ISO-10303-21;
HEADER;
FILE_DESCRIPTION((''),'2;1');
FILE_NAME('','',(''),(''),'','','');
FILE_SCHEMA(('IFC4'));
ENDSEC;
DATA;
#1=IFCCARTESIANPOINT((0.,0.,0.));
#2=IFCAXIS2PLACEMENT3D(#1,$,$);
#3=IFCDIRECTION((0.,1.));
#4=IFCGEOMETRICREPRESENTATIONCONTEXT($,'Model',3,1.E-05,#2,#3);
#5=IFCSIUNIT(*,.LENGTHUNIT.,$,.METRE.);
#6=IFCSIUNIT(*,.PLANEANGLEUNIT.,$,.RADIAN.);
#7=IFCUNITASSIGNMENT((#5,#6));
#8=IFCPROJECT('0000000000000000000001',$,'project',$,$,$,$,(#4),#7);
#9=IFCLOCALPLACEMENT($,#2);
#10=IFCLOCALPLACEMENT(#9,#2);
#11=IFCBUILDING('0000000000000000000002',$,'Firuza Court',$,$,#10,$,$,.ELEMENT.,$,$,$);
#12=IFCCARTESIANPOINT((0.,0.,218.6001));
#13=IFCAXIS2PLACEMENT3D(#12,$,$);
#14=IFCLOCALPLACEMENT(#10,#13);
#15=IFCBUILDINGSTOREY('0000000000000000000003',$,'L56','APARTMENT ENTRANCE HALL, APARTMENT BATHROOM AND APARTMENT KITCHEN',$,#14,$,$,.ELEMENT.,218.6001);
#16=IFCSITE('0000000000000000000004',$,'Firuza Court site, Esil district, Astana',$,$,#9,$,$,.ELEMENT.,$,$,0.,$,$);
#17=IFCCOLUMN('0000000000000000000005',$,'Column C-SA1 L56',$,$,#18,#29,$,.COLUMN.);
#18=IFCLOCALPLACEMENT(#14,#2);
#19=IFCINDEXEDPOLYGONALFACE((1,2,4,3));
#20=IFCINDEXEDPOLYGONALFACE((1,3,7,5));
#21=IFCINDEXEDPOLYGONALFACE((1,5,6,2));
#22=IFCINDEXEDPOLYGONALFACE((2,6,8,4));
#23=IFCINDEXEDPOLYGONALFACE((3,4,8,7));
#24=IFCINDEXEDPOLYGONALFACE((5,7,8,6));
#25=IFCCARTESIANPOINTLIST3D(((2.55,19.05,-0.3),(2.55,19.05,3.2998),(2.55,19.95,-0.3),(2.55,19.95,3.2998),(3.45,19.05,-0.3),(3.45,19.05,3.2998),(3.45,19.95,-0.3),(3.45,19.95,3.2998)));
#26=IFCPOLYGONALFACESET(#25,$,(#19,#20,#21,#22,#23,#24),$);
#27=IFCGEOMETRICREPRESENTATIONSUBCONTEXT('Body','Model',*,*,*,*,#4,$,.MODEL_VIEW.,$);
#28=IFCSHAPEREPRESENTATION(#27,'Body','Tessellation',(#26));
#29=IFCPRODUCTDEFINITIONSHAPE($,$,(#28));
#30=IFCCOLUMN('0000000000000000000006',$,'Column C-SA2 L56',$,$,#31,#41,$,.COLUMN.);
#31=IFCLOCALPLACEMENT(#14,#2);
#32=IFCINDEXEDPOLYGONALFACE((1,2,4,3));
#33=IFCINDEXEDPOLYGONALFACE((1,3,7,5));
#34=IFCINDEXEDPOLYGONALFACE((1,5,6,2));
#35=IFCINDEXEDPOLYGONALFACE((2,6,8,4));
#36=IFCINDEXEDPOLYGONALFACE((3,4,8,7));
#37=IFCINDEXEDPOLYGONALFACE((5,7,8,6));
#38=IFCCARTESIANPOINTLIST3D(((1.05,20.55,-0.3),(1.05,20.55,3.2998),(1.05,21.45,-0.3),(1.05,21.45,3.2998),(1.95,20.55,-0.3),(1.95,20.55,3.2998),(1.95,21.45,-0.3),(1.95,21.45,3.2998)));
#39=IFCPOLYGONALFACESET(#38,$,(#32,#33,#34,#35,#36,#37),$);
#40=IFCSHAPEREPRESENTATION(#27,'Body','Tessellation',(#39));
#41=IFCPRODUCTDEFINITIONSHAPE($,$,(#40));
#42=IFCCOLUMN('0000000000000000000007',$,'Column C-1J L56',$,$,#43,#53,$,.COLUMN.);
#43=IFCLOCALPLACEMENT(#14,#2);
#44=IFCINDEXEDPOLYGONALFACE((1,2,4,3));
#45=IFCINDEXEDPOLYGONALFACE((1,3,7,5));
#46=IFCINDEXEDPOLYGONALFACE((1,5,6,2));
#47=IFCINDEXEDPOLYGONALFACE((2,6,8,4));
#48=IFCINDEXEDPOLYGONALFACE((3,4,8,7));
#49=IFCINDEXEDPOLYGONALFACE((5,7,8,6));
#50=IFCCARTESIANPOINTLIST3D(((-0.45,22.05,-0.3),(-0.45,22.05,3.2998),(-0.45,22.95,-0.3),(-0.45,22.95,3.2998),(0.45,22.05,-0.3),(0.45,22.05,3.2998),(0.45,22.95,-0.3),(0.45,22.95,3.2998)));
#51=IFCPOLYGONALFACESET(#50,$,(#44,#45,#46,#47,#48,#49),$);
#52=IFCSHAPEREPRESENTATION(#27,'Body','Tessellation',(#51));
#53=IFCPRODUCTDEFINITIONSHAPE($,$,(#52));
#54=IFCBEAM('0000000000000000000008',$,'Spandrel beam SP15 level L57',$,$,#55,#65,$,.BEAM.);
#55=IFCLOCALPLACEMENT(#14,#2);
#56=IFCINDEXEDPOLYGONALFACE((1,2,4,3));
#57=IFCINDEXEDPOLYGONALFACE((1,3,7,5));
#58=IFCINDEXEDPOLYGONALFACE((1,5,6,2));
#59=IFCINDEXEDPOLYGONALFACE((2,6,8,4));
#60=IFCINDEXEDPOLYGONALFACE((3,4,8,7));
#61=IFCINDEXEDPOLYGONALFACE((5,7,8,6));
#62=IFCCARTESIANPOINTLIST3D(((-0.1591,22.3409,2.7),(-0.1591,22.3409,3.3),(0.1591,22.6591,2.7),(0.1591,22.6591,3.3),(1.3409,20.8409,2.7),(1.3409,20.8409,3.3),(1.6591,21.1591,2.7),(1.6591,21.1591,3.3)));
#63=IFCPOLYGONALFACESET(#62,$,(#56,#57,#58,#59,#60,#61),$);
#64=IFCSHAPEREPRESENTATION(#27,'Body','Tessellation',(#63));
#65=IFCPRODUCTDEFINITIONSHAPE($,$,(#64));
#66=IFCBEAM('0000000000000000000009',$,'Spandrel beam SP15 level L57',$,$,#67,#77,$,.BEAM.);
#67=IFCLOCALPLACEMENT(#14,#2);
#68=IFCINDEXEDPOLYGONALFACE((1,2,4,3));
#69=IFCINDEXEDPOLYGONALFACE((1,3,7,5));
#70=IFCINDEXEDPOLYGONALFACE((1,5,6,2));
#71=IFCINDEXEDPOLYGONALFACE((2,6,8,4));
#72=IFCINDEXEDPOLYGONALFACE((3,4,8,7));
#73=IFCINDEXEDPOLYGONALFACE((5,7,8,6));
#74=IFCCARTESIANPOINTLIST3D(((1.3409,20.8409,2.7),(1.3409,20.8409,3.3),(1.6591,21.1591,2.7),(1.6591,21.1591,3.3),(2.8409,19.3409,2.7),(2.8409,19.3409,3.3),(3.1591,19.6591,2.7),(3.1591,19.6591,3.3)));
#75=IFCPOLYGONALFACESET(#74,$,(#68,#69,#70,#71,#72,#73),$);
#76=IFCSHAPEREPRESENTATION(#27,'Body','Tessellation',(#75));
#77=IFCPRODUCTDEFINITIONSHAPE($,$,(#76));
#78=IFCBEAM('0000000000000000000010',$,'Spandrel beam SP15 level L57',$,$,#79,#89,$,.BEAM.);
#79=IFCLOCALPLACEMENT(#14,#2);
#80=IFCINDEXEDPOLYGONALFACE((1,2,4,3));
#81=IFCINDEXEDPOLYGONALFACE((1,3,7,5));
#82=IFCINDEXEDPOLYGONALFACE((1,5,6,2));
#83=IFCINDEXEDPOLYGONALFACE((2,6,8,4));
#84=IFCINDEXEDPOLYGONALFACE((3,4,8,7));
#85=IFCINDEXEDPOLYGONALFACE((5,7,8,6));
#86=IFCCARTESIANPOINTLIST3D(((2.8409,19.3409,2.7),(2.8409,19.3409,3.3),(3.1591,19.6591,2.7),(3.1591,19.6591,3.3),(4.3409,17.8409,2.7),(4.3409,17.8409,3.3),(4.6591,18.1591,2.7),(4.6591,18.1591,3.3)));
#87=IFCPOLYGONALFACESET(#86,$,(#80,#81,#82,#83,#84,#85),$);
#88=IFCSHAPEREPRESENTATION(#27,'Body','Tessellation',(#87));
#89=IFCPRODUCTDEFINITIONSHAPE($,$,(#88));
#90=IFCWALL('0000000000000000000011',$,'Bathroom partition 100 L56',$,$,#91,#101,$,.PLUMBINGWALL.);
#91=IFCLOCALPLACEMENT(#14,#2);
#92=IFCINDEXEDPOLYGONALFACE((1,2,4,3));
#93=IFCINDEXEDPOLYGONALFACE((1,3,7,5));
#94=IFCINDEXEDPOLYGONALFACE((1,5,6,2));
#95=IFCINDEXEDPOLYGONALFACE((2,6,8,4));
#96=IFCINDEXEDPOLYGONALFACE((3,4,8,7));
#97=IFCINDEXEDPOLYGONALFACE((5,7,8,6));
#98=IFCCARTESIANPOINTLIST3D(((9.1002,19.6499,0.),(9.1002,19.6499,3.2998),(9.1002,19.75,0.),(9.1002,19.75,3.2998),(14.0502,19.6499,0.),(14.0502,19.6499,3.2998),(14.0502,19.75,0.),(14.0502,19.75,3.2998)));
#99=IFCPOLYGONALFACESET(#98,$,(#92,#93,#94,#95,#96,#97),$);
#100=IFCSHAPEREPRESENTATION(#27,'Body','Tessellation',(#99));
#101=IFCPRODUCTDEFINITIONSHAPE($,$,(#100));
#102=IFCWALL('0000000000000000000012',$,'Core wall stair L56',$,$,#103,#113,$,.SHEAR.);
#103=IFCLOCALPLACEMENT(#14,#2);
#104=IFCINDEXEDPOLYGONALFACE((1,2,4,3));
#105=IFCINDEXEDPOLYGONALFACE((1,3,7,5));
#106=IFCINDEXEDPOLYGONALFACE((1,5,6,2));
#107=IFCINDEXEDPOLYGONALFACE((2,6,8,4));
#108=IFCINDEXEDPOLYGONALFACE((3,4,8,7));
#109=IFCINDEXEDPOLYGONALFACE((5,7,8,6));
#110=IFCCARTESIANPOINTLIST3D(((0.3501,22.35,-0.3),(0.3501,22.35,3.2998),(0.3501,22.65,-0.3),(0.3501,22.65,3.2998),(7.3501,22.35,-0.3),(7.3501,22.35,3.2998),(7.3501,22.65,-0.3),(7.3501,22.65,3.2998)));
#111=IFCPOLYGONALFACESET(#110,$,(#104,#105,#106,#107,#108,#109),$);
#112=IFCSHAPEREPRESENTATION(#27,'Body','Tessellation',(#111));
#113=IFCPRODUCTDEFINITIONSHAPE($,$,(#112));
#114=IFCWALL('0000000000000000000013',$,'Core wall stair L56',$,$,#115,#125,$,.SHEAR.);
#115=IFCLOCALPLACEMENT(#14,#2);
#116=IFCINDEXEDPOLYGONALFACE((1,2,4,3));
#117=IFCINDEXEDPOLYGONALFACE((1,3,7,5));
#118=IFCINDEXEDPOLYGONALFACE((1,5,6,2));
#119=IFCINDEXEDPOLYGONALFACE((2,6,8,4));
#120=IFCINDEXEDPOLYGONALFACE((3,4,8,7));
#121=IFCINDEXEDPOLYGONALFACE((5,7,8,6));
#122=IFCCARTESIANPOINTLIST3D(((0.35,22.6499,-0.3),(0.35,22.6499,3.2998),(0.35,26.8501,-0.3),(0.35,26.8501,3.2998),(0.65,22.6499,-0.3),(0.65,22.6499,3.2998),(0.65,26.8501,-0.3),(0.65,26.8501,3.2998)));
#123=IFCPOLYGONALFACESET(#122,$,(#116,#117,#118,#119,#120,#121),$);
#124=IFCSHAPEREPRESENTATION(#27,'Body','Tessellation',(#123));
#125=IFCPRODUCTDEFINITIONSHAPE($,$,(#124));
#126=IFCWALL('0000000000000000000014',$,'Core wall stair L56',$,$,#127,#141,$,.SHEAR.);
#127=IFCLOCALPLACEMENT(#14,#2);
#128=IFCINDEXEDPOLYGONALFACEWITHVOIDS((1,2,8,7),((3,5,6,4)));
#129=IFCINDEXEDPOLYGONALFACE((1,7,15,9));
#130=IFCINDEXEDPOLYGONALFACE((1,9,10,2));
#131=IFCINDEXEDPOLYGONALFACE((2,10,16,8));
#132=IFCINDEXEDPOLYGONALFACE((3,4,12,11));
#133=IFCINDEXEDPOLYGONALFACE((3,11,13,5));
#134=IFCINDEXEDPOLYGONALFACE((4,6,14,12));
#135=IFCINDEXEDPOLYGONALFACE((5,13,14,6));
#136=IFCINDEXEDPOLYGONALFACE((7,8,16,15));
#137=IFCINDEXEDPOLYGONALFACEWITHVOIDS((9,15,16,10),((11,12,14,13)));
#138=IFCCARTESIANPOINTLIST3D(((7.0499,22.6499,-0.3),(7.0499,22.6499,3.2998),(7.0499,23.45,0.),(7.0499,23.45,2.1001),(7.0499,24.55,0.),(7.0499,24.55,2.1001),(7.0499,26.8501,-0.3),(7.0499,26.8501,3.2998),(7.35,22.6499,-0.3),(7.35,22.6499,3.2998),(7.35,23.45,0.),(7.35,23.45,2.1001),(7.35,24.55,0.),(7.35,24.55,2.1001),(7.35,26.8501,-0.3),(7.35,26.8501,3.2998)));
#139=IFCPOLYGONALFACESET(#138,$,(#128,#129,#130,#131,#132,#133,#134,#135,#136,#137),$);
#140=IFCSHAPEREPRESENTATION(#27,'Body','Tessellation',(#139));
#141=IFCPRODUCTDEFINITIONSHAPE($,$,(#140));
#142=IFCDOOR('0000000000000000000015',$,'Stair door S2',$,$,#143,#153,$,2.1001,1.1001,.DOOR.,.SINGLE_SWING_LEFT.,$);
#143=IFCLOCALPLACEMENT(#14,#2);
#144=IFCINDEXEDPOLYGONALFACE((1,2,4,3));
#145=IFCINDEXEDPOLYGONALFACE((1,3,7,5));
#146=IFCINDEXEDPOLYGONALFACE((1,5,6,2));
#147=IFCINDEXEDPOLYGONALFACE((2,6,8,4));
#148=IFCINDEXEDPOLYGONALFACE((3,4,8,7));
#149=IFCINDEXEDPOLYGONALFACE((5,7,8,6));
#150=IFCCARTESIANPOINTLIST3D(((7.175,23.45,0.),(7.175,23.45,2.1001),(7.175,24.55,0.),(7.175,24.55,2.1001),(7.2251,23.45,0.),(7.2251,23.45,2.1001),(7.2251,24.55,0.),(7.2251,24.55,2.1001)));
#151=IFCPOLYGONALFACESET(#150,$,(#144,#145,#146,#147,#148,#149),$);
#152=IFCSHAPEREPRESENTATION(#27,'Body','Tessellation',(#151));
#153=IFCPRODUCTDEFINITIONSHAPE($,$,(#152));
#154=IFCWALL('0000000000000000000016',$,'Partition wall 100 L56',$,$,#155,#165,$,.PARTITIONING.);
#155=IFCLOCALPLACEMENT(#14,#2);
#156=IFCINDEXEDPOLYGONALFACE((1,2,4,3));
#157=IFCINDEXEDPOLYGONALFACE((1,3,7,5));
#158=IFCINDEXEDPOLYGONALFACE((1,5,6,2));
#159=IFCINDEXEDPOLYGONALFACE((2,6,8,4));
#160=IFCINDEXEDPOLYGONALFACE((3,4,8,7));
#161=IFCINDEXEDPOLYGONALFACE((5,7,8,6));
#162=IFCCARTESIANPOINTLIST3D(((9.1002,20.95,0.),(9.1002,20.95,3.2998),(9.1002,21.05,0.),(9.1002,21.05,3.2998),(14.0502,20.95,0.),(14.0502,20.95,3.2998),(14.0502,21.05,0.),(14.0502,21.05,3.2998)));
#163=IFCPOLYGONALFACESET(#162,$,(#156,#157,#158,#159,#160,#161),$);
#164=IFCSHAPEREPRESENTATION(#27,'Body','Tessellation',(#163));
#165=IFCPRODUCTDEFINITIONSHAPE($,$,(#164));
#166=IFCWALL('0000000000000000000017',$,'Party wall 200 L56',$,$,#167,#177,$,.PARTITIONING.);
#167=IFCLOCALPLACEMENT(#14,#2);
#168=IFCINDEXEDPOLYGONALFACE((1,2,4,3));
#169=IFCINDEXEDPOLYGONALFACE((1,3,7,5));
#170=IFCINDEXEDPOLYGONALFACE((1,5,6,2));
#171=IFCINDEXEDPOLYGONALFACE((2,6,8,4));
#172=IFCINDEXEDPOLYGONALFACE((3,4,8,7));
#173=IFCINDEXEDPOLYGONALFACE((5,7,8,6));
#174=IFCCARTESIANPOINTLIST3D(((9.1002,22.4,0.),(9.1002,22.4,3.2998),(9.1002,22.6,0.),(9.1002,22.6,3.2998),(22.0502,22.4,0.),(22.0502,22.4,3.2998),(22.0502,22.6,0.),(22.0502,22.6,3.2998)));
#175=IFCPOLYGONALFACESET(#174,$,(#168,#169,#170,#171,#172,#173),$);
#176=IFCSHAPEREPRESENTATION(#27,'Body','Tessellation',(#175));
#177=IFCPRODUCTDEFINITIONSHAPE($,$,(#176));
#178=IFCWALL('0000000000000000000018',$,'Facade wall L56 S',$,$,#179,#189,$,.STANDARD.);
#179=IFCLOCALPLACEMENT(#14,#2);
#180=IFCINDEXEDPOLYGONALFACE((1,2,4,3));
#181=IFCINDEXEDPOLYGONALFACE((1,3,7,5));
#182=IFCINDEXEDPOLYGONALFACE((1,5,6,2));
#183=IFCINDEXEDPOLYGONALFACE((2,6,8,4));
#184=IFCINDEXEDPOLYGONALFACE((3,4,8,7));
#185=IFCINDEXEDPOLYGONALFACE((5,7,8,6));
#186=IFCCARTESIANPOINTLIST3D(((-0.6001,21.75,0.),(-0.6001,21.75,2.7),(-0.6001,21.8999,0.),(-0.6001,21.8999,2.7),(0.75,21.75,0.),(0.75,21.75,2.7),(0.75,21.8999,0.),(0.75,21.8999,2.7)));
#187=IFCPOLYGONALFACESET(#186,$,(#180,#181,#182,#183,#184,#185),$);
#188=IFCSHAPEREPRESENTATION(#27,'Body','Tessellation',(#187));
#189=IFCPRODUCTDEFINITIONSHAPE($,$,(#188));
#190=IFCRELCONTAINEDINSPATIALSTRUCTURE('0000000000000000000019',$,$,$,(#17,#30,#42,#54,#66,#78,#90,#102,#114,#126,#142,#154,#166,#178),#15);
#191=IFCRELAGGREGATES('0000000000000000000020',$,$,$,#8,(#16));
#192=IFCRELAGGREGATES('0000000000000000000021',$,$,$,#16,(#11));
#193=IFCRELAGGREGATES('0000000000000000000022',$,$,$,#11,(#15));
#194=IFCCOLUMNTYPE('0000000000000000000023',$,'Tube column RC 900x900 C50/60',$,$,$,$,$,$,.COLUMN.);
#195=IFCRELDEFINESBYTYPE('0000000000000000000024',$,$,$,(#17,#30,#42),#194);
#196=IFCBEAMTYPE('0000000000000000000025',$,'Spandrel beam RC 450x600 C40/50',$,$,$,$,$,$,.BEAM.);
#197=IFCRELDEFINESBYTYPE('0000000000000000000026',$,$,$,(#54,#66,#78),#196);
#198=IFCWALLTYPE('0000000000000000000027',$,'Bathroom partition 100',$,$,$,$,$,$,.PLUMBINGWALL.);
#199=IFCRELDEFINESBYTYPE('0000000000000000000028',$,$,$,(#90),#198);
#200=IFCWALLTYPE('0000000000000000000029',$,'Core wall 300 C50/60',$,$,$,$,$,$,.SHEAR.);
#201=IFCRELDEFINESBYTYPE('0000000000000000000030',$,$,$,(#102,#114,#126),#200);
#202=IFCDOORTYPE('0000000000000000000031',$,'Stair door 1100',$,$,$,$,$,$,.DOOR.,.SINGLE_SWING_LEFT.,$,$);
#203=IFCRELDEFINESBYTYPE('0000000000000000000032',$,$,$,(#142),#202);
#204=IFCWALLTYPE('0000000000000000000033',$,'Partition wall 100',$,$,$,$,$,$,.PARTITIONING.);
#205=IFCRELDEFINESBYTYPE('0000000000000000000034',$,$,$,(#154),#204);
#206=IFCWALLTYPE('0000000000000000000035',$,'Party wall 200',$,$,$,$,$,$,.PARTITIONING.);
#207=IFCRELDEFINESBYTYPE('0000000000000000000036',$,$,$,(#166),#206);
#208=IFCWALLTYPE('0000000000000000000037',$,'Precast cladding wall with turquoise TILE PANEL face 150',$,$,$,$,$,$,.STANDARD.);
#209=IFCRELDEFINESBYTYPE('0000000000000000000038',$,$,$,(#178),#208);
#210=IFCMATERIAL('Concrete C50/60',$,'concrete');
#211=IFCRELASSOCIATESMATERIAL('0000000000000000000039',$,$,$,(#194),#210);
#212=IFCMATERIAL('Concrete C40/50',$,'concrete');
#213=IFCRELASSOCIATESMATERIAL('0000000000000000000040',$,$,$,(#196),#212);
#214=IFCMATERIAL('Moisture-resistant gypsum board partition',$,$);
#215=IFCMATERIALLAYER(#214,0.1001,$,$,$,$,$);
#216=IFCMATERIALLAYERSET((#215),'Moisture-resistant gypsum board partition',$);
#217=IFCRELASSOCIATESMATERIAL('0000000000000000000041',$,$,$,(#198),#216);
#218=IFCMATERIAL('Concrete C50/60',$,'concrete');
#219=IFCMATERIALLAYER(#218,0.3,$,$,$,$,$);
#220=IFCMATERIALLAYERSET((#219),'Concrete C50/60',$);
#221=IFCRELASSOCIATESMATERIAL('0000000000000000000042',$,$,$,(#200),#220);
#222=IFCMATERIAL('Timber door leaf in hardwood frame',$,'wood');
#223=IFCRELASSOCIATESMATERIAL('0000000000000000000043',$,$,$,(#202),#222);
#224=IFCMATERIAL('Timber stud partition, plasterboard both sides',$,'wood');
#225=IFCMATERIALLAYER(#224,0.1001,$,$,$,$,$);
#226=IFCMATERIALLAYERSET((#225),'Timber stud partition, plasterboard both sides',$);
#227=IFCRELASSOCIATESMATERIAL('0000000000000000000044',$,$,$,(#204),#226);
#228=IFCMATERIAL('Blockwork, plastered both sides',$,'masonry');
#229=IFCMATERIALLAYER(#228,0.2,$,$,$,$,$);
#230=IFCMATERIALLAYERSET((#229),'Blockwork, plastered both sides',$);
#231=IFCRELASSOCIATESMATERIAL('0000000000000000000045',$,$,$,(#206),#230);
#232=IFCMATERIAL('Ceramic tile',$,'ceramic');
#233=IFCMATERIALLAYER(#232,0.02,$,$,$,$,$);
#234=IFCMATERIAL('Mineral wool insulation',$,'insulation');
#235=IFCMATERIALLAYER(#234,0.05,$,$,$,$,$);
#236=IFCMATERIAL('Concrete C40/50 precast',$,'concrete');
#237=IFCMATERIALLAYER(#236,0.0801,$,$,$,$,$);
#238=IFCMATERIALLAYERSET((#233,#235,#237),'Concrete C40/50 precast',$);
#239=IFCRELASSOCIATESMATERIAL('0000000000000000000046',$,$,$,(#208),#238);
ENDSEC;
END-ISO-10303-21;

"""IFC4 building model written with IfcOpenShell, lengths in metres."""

from ifc_helpers import new_model, si_unit, direction, frame, frame_2d, origin, origin_2d, place, context, subcontext, project, spatial, rectangle, extrude, material, layer, layer_set, material_profile, profile_set, type_object, element, fill, save


model = new_model("IFC4")

# Units and contexts
model_context = context("Model", 3, precision=1e-05, world=origin(), true_north=direction((0.0, 1.0)))
body_context = subcontext(model_context, "Body", "Model", "MODEL_VIEW")
ifc_project = project(units=[si_unit("LENGTHUNIT", "METRE"), si_unit("PLANEANGLEUNIT", "RADIAN")], contexts=[model_context])

# Site, building, storey
site_placement = place(None, origin())
site = spatial("IfcSite", under=ifc_project, at=site_placement, Name="Firuza Court site, Esil district, Astana", CompositionType="ELEMENT", RefElevation=0.0)
building_placement = place(site_placement, origin())
building = spatial("IfcBuilding", under=site, at=building_placement, Name="Firuza Court", CompositionType="ELEMENT")
storey_placement = place(building_placement, frame((0.0, 0.0, 218.6001)))
storey = spatial("IfcBuildingStorey", under=building, at=storey_placement, Name="L56", Description="APARTMENT ENTRANCE HALL, APARTMENT BATHROOM AND APARTMENT KITCHEN", CompositionType="ELEMENT", Elevation=218.6001)

# Columns
ifc_material_1 = material(Name="Concrete C50/60", Category="concrete")
ifc_material_profile_1 = material_profile(ifc_material_1, rectangle(XDim=0.8999, YDim=0.8999, at=origin_2d()), Name="RC 900x900")
ifc_profile_set_1 = profile_set([ifc_material_profile_1], Name="Concrete C50/60")
column_type = type_object("IfcColumnType", Name="Tube column RC 900x900 C50/60", PredefinedType="COLUMN", material=ifc_profile_set_1)
for number, where, z_axis, x_axis, name in (
    (1, (3.0, 19.5, -0.3), (0.0, 0.0, 1.0), (1.0, 0.0, 0.0), "Column C-SA1 L56"),
    (2, (1.5, 21.0, -0.3), (0.0, 0.0, 1.0), (1.0, 0.0, 0.0), "Column C-SA2 L56"),
    (3, (0.0, 22.5, -0.3), (0.0, 0.0, 1.0), (1.0, 0.0, 0.0), "Column C-1J L56"),
):
    element("IfcColumn", number, at=place(storey_placement, frame(where, z_axis=z_axis, x_axis=x_axis)), inside=storey, type_object=column_type, Name=name, PredefinedType="COLUMN", context=body_context, shape_type="SweptSolid", body=[
        extrude(rectangle(XDim=0.8999, YDim=0.8999, at=origin_2d()), origin(), (0.0, 0.0, 1.0), 3.5999),
    ])

# Beams
ifc_material_2 = material(Name="Concrete C40/50", Category="concrete")
ifc_material_profile_2 = material_profile(ifc_material_2, rectangle(XDim=0.45, YDim=0.6001, at=origin_2d()), Name="RC 450x600")
ifc_profile_set_2 = profile_set([ifc_material_profile_2], Name="Concrete C40/50")
beam_type = type_object("IfcBeamType", Name="Spandrel beam RC 450x600 C40/50", PredefinedType="BEAM", material=ifc_profile_set_2)
for number, where, z_axis, x_axis, name in (
    (4, (0.0, 22.5, 3.0), (0.707107, -0.707107, 0.0), (0.707107, 0.707107, 0.0), "Spandrel beam SP15 level L57"),
    (5, (1.5, 21.0, 3.0), (0.707107, -0.707107, 0.0), (0.707107, 0.707107, 0.0), "Spandrel beam SP15 level L57"),
    (6, (3.0, 19.5, 3.0), (0.707107, -0.707107, 0.0), (0.707107, 0.707107, 0.0), "Spandrel beam SP15 level L57"),
):
    element("IfcBeam", number, at=place(storey_placement, frame(where, z_axis=z_axis, x_axis=x_axis)), inside=storey, type_object=beam_type, Name=name, PredefinedType="BEAM", context=body_context, shape_type="SweptSolid", body=[
        extrude(rectangle(XDim=0.45, YDim=0.6001, at=origin_2d()), origin(), (0.0, 0.0, 1.0), 2.1213),
    ])

# Walls
ifc_material_3 = material(Name="Moisture-resistant gypsum board partition")
ifc_layer_1 = layer(ifc_material_3, 0.1001)
ifc_layer_set_1 = layer_set([ifc_layer_1], Name="Moisture-resistant gypsum board partition")
wall_type_1 = type_object("IfcWallType", Name="Bathroom partition 100", PredefinedType="PLUMBINGWALL", material=ifc_layer_set_1)
wall_1_placement = place(storey_placement, frame((9.1001, 19.7, 0.0), z_axis=(0.0, 0.0, 1.0), x_axis=(1.0, 0.0, 0.0)))
element("IfcWall", 7, at=wall_1_placement, inside=storey, type_object=wall_type_1, Name="Bathroom partition 100 L56", PredefinedType="PLUMBINGWALL", context=body_context, shape_type="SweptSolid", body=[
    extrude(rectangle(XDim=4.95, YDim=0.1001, at=frame_2d((2.4751, 0.0))), origin(), (0.0, 0.0, 1.0), 3.2998),
])
ifc_material_4 = material(Name="Concrete C50/60", Category="concrete")
ifc_layer_2 = layer(ifc_material_4, 0.3)
ifc_layer_set_2 = layer_set([ifc_layer_2], Name="Concrete C50/60")
wall_type_2 = type_object("IfcWallType", Name="Core wall 300 C50/60", PredefinedType="SHEAR", material=ifc_layer_set_2)
wall_2_placement = place(storey_placement, frame((0.3501, 22.5, -0.3), z_axis=(0.0, 0.0, 1.0), x_axis=(1.0, 0.0, 0.0)))
element("IfcWall", 8, at=wall_2_placement, inside=storey, type_object=wall_type_2, Name="Core wall stair L56", PredefinedType="SHEAR", context=body_context, shape_type="SweptSolid", body=[
    extrude(rectangle(XDim=7.0, YDim=0.3, at=frame_2d((3.5, 0.0))), origin(), (0.0, 0.0, 1.0), 3.5999),
])
wall_3_placement = place(storey_placement, frame((0.5, 22.6499, -0.3), z_axis=(0.0, 0.0, 1.0), x_axis=(0.0, 1.0, 0.0)))
element("IfcWall", 9, at=wall_3_placement, inside=storey, type_object=wall_type_2, Name="Core wall stair L56", PredefinedType="SHEAR", context=body_context, shape_type="SweptSolid", body=[
    extrude(rectangle(XDim=4.2002, YDim=0.3, at=frame_2d((2.1001, 0.0))), origin(), (0.0, 0.0, 1.0), 3.5999),
])

# Wall, opening, door
wall_4_placement = place(storey_placement, frame((7.2, 22.6499, -0.3), z_axis=(0.0, 0.0, 1.0), x_axis=(0.0, 1.0, 0.0)))
wall_4 = element("IfcWall", 10, at=wall_4_placement, inside=storey, type_object=wall_type_2, Name="Core wall stair L56", PredefinedType="SHEAR", context=body_context, shape_type="SweptSolid", body=[
    extrude(rectangle(XDim=4.2002, YDim=0.3, at=frame_2d((2.1001, 0.0))), origin(), (0.0, 0.0, 1.0), 3.5999),
])
opening_placement = place(wall_4_placement, frame((0.8, 0.0, 0.3)))
opening = element("IfcOpeningElement", 11, at=opening_placement, cuts=wall_4, PredefinedType="OPENING", context=body_context, shape_type="SweptSolid", body=[
    extrude(rectangle(XDim=1.1001, YDim=2.1001, at=frame_2d((0.55, 1.05))), frame((0.0, 0.1621, 0.0), z_axis=(0.0, -1.0, 0.0), x_axis=(1.0, 0.0, 0.0)), (0.0, 0.0, 1.0), 0.324),
])
ifc_material_5 = material(Name="Timber door leaf in hardwood frame", Category="wood")
door_type = type_object("IfcDoorType", Name="Stair door 1100", OperationType="SINGLE_SWING_LEFT", PredefinedType="DOOR", material=ifc_material_5)
door_placement = place(opening_placement, origin())
door = element("IfcDoor", 12, at=door_placement, inside=storey, type_object=door_type, Name="Stair door S2", OperationType="SINGLE_SWING_LEFT", OverallHeight=2.1001, OverallWidth=1.1001, PredefinedType="DOOR", context=body_context, shape_type="SweptSolid", body=[
    extrude(rectangle(XDim=1.1001, YDim=2.1001, at=frame_2d((0.55, 1.05))), frame((0.0, 0.0249, 0.0), z_axis=(0.0, -1.0, 0.0), x_axis=(1.0, 0.0, 0.0)), (0.0, 0.0, 1.0), 0.05),
])
fill(opening, door)

# Walls
ifc_material_6 = material(Name="Timber stud partition, plasterboard both sides", Category="wood")
ifc_layer_3 = layer(ifc_material_6, 0.1001)
ifc_layer_set_3 = layer_set([ifc_layer_3], Name="Timber stud partition, plasterboard both sides")
wall_type_3 = type_object("IfcWallType", Name="Partition wall 100", PredefinedType="PARTITIONING", material=ifc_layer_set_3)
wall_5_placement = place(storey_placement, frame((9.1001, 21.0, 0.0), z_axis=(0.0, 0.0, 1.0), x_axis=(1.0, 0.0, 0.0)))
element("IfcWall", 13, at=wall_5_placement, inside=storey, type_object=wall_type_3, Name="Partition wall 100 L56", PredefinedType="PARTITIONING", context=body_context, shape_type="SweptSolid", body=[
    extrude(rectangle(XDim=4.95, YDim=0.1001, at=frame_2d((2.4751, 0.0))), origin(), (0.0, 0.0, 1.0), 3.2998),
])
ifc_material_7 = material(Name="Blockwork, plastered both sides", Category="masonry")
ifc_layer_4 = layer(ifc_material_7, 0.2)
ifc_layer_set_4 = layer_set([ifc_layer_4], Name="Blockwork, plastered both sides")
wall_type_4 = type_object("IfcWallType", Name="Party wall 200", PredefinedType="PARTITIONING", material=ifc_layer_set_4)
wall_6_placement = place(storey_placement, frame((9.1001, 22.5, 0.0), z_axis=(0.0, 0.0, 1.0), x_axis=(1.0, 0.0, 0.0)))
element("IfcWall", 14, at=wall_6_placement, inside=storey, type_object=wall_type_4, Name="Party wall 200 L56", PredefinedType="PARTITIONING", context=body_context, shape_type="SweptSolid", body=[
    extrude(rectangle(XDim=12.95, YDim=0.2, at=frame_2d((6.4751, 0.0))), origin(), (0.0, 0.0, 1.0), 3.2998),
])
ifc_material_8 = material(Name="Ceramic tile", Category="ceramic")
ifc_layer_5 = layer(ifc_material_8, 0.02)
ifc_material_9 = material(Name="Mineral wool insulation", Category="insulation")
ifc_layer_6 = layer(ifc_material_9, 0.05)
ifc_material_10 = material(Name="Concrete C40/50 precast", Category="concrete")
ifc_layer_7 = layer(ifc_material_10, 0.0801)
ifc_layer_set_5 = layer_set([ifc_layer_5, ifc_layer_6, ifc_layer_7], Name="Concrete C40/50 precast")
wall_type_5 = type_object("IfcWallType", Name="Precast cladding wall with turquoise TILE PANEL face 150", PredefinedType="STANDARD", material=ifc_layer_set_5)
wall_7_placement = place(storey_placement, frame((-0.6001, 21.825, 0.0), z_axis=(0.0, 0.0, 1.0), x_axis=(1.0, 0.0, 0.0)))
element("IfcWall", 15, at=wall_7_placement, inside=storey, type_object=wall_type_5, Name="Facade wall L56 S", PredefinedType="STANDARD", context=body_context, shape_type="SweptSolid", body=[
    extrude(rectangle(XDim=1.3501, YDim=0.1499, at=frame_2d((0.675, 0.0))), origin(), (0.0, 0.0, 1.0), 2.7),
])

save(model, "model.ifc")
